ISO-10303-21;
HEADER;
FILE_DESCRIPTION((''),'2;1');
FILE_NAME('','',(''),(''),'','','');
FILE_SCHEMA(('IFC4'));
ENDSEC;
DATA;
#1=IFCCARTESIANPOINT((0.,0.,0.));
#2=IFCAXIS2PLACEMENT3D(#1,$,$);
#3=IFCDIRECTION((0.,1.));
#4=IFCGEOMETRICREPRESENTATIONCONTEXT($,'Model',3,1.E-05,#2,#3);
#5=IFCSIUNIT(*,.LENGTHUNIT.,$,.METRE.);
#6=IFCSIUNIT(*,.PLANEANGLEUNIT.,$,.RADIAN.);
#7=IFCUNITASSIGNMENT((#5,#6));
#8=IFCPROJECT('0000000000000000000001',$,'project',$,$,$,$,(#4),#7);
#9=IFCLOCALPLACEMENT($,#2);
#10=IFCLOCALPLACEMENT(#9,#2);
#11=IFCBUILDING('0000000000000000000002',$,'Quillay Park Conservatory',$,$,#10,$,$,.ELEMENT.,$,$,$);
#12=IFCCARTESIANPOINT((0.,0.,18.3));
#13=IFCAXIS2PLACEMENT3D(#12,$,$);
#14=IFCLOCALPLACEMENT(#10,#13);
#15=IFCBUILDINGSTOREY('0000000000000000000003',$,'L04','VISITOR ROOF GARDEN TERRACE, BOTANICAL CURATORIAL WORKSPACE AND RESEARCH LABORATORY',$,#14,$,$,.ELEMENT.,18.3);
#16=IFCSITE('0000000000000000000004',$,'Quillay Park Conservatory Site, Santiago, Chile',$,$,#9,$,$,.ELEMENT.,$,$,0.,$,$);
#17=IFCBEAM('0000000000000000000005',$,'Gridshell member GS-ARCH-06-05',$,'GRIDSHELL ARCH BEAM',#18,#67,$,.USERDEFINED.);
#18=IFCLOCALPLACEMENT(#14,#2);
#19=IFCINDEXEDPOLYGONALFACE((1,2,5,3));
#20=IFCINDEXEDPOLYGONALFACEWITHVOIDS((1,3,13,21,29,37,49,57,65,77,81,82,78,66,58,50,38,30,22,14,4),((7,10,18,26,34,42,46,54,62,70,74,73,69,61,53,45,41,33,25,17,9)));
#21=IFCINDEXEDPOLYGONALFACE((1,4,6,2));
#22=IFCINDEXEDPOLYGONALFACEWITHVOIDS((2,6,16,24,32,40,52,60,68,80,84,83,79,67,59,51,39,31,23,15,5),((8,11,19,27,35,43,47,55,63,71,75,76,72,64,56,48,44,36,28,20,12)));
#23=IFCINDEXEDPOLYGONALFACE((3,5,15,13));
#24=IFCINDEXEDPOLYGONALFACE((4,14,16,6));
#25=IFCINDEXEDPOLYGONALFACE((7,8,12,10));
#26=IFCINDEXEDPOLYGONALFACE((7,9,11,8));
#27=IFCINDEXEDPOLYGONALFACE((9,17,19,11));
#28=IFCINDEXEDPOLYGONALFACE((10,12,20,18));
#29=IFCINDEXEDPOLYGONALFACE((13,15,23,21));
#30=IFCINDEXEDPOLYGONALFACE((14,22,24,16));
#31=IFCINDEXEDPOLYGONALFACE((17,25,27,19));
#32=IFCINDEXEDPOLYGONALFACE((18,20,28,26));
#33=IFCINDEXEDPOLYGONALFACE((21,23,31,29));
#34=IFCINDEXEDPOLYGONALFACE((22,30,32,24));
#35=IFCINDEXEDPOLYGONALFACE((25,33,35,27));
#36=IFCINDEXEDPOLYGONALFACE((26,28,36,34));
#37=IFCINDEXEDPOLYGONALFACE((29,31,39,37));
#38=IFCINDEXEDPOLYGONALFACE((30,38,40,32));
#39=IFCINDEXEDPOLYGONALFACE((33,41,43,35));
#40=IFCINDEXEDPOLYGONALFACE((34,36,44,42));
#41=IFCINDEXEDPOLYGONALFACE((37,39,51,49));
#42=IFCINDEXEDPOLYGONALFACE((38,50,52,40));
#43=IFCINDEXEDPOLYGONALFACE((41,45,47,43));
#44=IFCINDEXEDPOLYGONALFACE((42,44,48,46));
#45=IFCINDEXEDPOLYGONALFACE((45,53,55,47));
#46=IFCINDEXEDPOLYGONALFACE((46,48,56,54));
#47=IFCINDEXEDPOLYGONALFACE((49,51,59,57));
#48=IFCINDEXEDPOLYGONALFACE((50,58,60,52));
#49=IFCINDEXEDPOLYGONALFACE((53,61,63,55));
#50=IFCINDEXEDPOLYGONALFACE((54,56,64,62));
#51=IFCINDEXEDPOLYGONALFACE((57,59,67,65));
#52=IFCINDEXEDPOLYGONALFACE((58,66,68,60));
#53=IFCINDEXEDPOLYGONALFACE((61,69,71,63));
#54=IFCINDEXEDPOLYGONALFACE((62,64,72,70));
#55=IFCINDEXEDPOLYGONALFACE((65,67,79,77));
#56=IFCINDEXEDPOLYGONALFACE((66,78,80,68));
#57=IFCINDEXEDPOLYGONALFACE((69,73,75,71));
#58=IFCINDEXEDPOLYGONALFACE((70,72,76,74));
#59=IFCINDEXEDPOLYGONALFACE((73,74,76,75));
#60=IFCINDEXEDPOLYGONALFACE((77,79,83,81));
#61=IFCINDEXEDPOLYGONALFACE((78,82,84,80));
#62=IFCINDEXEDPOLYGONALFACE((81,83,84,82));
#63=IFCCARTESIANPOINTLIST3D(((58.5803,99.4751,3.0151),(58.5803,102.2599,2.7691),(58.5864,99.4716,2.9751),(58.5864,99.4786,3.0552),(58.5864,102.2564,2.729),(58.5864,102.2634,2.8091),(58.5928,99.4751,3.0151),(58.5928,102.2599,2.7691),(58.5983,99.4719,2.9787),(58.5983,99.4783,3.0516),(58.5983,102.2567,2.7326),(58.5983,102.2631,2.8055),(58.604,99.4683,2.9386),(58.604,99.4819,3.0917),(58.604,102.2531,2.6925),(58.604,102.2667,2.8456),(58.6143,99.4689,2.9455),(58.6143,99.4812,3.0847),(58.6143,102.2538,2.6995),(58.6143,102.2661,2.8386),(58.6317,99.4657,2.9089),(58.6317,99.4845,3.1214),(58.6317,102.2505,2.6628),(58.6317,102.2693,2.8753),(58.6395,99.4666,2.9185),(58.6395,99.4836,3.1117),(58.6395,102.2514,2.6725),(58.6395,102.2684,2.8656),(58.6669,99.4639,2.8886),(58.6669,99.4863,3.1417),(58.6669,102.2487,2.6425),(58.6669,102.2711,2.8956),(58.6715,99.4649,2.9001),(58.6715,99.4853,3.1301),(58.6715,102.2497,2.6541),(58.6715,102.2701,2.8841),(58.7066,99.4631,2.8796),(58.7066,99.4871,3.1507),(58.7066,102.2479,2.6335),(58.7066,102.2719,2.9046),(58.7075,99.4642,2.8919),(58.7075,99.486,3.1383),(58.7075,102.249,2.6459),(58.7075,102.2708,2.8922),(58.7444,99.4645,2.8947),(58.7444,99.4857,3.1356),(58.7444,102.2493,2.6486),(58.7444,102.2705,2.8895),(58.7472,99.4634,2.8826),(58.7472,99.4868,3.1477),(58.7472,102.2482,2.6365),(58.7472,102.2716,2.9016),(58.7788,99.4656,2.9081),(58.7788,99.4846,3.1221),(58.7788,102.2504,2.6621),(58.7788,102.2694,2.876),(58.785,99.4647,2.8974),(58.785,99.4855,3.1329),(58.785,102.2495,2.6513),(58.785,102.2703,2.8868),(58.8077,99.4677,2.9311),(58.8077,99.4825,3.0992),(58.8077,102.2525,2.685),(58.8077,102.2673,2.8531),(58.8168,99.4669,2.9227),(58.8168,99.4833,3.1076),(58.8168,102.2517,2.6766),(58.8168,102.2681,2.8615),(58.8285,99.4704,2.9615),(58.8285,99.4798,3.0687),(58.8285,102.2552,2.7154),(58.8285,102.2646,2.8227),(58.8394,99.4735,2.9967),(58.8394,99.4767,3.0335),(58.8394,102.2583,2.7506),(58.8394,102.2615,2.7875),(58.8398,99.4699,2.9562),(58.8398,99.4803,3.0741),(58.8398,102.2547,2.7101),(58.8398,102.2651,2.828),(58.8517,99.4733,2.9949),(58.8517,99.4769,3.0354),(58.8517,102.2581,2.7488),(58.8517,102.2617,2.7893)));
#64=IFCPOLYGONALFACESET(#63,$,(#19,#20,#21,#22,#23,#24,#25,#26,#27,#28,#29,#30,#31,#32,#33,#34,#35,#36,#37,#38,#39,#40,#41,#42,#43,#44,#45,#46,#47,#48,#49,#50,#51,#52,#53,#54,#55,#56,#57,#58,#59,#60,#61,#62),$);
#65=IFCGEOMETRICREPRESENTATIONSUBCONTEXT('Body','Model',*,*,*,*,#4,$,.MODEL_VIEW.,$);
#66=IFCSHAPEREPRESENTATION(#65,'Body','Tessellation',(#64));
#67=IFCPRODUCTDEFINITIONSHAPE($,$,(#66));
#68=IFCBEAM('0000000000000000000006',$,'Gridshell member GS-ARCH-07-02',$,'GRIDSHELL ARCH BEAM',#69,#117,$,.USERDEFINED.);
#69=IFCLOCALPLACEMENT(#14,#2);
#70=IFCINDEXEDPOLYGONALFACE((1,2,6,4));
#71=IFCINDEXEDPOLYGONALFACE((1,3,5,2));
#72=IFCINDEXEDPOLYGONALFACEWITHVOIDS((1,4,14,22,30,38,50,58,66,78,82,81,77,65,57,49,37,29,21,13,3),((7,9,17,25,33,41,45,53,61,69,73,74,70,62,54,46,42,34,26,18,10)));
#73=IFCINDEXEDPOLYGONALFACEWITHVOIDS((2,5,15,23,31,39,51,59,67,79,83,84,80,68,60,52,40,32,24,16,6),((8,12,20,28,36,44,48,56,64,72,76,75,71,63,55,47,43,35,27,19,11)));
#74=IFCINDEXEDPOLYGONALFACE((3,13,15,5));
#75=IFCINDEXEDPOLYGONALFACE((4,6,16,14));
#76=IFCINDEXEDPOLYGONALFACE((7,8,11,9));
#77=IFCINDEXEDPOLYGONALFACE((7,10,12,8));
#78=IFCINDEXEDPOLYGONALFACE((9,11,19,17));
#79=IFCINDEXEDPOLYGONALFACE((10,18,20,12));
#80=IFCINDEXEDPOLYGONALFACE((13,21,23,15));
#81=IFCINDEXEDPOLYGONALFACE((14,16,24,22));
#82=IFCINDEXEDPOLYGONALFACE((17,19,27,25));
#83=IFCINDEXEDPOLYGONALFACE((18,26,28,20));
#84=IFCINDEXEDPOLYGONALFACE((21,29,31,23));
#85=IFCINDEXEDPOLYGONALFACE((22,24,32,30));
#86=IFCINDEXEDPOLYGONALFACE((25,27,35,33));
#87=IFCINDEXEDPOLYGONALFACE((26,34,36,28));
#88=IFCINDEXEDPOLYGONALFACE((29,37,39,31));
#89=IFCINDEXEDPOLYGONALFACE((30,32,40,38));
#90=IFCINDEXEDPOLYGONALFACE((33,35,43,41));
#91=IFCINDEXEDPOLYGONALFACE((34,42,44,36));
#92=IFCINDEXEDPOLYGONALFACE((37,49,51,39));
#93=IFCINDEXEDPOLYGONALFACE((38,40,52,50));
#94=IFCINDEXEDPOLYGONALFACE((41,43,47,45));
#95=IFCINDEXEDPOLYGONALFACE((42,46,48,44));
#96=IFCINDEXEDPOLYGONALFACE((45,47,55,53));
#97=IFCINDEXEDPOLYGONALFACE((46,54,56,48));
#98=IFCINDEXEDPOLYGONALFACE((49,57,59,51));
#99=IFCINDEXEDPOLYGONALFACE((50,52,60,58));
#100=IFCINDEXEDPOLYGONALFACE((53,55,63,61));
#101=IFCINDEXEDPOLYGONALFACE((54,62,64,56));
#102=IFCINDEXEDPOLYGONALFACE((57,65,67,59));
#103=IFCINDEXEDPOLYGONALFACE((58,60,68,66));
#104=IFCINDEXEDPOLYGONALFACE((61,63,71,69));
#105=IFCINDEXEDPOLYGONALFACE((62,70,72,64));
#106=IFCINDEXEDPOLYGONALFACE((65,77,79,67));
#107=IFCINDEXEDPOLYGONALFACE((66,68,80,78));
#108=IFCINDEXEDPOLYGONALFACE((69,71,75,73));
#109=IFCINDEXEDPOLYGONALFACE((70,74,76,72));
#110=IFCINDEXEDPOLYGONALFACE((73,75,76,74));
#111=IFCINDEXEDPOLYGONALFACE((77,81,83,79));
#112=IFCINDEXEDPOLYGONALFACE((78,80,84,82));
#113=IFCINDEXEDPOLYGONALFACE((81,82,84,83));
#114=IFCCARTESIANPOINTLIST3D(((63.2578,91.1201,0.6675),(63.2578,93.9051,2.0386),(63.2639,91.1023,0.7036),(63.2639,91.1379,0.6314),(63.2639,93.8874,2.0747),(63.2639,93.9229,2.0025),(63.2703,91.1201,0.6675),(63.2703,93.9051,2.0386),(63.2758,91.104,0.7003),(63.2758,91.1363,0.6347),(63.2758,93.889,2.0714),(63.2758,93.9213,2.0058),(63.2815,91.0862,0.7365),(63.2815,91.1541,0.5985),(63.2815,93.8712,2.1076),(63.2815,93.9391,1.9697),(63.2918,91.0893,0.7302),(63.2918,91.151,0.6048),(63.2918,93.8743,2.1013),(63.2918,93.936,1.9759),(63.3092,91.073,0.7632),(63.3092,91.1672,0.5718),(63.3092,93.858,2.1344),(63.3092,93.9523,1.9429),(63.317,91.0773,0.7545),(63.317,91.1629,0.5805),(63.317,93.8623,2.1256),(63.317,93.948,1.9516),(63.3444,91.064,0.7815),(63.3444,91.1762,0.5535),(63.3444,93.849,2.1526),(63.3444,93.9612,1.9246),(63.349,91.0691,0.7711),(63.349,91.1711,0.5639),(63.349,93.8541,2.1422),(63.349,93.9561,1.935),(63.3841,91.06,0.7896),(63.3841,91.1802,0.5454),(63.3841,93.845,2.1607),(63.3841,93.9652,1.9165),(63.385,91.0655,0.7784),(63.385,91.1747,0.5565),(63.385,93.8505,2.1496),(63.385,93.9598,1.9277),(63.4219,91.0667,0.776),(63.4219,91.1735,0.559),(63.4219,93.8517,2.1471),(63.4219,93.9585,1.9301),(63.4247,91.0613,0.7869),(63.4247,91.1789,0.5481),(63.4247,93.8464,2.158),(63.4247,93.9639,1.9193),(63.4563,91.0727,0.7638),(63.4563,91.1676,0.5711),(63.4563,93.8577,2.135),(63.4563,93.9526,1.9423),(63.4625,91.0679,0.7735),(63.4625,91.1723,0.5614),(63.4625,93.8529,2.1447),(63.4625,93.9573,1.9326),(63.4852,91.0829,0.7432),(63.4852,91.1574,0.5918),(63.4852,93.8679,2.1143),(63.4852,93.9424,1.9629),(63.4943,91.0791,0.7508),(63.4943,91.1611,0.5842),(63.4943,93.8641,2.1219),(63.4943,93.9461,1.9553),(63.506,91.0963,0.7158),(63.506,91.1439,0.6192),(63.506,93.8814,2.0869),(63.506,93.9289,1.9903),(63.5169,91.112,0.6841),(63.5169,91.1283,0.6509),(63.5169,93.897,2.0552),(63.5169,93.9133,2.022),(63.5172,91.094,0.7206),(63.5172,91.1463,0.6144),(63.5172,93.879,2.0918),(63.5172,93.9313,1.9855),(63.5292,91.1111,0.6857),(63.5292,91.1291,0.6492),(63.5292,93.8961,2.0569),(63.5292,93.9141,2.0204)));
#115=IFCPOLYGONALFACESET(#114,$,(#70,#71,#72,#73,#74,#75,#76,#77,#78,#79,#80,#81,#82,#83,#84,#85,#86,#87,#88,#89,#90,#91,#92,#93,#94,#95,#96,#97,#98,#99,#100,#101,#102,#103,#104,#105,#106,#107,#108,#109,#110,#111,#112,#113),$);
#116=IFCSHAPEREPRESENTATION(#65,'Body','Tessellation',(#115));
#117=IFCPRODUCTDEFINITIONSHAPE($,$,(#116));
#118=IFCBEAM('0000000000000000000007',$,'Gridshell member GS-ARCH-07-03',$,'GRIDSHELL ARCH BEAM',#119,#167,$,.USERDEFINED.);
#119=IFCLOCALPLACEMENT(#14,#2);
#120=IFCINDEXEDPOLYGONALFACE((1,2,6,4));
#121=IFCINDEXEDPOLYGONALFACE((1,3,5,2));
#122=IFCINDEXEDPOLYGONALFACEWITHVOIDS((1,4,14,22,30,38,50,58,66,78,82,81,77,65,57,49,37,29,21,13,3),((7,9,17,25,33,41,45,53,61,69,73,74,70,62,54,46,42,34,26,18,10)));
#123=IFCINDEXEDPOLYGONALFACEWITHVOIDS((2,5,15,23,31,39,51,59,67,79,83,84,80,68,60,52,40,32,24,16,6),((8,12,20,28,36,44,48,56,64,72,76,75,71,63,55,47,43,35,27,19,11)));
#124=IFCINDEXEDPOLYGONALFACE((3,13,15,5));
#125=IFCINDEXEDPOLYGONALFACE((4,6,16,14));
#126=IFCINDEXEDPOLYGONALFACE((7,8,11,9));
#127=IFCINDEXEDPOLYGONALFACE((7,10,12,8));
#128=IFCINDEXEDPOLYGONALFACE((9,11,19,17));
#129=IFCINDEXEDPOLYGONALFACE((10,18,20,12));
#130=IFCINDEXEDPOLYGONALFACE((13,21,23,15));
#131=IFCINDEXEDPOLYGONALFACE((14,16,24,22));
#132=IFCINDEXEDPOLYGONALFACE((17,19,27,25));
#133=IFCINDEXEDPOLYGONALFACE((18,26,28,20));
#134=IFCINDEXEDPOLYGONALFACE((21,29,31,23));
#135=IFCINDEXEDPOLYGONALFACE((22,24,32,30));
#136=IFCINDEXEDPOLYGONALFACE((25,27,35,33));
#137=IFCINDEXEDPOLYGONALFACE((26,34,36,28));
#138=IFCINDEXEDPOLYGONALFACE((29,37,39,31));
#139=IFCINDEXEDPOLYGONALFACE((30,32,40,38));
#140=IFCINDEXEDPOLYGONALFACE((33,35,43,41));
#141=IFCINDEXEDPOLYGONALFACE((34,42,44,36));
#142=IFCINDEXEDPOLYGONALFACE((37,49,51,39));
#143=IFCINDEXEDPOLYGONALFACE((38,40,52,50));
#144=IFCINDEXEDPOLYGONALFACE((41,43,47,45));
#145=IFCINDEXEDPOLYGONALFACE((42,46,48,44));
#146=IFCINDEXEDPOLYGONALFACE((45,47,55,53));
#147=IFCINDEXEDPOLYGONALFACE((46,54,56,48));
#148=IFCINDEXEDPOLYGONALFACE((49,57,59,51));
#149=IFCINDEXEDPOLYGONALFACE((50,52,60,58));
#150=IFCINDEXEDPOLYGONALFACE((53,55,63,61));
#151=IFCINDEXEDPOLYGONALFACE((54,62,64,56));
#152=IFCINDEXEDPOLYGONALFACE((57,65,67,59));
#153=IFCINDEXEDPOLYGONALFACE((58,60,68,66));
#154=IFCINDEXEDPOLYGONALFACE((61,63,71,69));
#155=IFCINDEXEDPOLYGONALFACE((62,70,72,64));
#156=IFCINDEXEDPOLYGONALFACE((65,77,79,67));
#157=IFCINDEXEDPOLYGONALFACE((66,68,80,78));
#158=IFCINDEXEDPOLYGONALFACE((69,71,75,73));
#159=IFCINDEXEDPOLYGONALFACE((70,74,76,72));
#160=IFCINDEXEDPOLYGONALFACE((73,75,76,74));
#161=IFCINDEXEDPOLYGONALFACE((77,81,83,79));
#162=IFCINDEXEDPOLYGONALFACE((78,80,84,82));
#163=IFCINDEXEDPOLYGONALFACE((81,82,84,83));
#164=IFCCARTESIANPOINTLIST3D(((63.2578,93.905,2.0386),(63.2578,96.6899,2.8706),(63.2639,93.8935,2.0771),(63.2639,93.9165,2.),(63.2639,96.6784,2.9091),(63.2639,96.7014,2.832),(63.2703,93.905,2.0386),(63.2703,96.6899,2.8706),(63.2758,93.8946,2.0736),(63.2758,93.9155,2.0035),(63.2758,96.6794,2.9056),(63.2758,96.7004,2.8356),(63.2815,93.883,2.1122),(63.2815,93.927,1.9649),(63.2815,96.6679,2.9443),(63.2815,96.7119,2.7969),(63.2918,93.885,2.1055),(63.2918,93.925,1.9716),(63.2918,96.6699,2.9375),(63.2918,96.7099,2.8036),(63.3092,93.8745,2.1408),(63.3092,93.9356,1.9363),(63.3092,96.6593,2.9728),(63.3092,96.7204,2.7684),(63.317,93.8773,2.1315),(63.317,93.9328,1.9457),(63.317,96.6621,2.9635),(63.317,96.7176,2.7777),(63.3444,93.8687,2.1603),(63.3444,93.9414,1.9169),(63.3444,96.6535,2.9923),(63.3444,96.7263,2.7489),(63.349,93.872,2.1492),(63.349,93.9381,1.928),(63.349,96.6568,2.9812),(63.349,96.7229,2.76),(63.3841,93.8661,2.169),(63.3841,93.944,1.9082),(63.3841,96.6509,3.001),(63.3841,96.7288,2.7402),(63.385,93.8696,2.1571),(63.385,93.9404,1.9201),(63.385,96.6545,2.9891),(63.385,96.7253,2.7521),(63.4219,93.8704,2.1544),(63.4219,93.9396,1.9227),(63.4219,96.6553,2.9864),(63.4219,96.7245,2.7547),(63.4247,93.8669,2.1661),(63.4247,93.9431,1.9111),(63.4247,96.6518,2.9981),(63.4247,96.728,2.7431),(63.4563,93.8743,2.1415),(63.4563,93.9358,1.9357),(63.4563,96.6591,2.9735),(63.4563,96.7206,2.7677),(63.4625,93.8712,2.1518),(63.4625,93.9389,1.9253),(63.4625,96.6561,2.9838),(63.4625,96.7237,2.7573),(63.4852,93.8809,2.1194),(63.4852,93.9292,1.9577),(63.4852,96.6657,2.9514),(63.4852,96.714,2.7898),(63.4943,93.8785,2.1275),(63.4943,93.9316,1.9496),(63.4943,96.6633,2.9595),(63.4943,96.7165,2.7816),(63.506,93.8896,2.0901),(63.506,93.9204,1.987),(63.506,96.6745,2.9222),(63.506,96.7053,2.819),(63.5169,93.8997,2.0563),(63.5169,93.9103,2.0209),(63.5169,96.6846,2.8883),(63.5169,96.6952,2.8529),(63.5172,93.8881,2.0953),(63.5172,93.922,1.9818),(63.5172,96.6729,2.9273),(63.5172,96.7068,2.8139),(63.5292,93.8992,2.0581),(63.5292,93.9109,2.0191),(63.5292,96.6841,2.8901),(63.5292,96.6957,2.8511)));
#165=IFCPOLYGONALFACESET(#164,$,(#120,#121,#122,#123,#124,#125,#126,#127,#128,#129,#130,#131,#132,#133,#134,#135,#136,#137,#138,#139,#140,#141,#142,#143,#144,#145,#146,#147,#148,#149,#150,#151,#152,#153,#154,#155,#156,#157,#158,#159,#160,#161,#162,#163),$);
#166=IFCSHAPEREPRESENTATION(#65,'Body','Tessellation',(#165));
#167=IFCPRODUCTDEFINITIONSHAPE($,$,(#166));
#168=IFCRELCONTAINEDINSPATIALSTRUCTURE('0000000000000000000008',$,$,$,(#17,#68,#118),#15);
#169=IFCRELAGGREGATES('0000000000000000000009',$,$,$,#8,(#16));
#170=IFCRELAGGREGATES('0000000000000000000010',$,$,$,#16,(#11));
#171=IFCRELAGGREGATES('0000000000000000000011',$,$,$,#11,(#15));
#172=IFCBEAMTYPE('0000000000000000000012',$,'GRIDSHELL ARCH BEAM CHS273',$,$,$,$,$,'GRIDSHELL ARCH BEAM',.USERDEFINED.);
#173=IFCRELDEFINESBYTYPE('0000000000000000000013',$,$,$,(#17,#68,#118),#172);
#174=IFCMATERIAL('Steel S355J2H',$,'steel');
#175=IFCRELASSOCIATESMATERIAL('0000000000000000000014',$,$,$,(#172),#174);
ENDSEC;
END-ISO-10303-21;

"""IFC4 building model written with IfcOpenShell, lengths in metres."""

from ifc_helpers import new_model, si_unit, direction, frame, origin, origin_2d, place, context, subcontext, project, spatial, hollow_circle, extrude, material, material_profile, profile_set, type_object, element, save


model = new_model("IFC4")

# Units and contexts
model_context = context("Model", 3, precision=1e-05, world=origin(), true_north=direction((0.0, 1.0)))
body_context = subcontext(model_context, "Body", "Model", "MODEL_VIEW")
ifc_project = project(units=[si_unit("LENGTHUNIT", "METRE"), si_unit("PLANEANGLEUNIT", "RADIAN")], contexts=[model_context])

# Site, building, storey
site_placement = place(None, origin())
site = spatial("IfcSite", under=ifc_project, at=site_placement, Name="Quillay Park Conservatory Site, Santiago, Chile", CompositionType="ELEMENT", RefElevation=0.0)
building_placement = place(site_placement, origin())
building = spatial("IfcBuilding", under=site, at=building_placement, Name="Quillay Park Conservatory", CompositionType="ELEMENT")
storey_placement = place(building_placement, frame((0.0, 0.0, 18.3)))
storey = spatial("IfcBuildingStorey", under=building, at=storey_placement, Name="L04", Description="VISITOR ROOF GARDEN TERRACE, BOTANICAL CURATORIAL WORKSPACE AND RESEARCH LABORATORY", CompositionType="ELEMENT", Elevation=18.3)

# Beams
ifc_material_1 = material(Name="Steel S355J2H", Category="steel")
ifc_material_profile_1 = material_profile(ifc_material_1, hollow_circle(Radius=0.1365, WallThickness=0.0125, at=origin_2d()), Name="CHS273x12.5")
ifc_profile_set_1 = profile_set([ifc_material_profile_1], Name="Steel S355J2H")
beam_type = type_object("IfcBeamType", Name="GRIDSHELL ARCH BEAM CHS273", ElementType="GRIDSHELL ARCH BEAM", PredefinedType="USERDEFINED", material=ifc_profile_set_1)
beam_1_placement = place(storey_placement, frame((58.7168, 99.4751, 3.0151), z_axis=(0.0, 0.996118, -0.088024), x_axis=(-1.0, 0.0, 0.0)))
element("IfcBeam", 1, at=beam_1_placement, inside=storey, type_object=beam_type, Name="Gridshell member GS-ARCH-06-05", ObjectType="GRIDSHELL ARCH BEAM", PredefinedType="USERDEFINED", context=body_context, shape_type="SweptSolid", body=[
    extrude(hollow_circle(Radius=0.1365, WallThickness=0.0125, at=origin_2d()), origin(), (0.0, 0.0, 1.0), 2.7957),
])
beam_2_placement = place(storey_placement, frame((63.3943, 91.1201, 0.6675), z_axis=(0.0, 0.897163, 0.4417), x_axis=(-1.0, 0.0, 0.0)))
element("IfcBeam", 2, at=beam_2_placement, inside=storey, type_object=beam_type, Name="Gridshell member GS-ARCH-07-02", ObjectType="GRIDSHELL ARCH BEAM", PredefinedType="USERDEFINED", context=body_context, shape_type="SweptSolid", body=[
    extrude(hollow_circle(Radius=0.1365, WallThickness=0.0125, at=origin_2d()), origin(), (0.0, 0.0, 1.0), 3.1042),
])
beam_3_placement = place(storey_placement, frame((63.3943, 93.905, 2.0386), z_axis=(0.0, 0.958152, 0.286261), x_axis=(-1.0, 0.0, 0.0)))
element("IfcBeam", 3, at=beam_3_placement, inside=storey, type_object=beam_type, Name="Gridshell member GS-ARCH-07-03", ObjectType="GRIDSHELL ARCH BEAM", PredefinedType="USERDEFINED", context=body_context, shape_type="SweptSolid", body=[
    extrude(hollow_circle(Radius=0.1365, WallThickness=0.0125, at=origin_2d()), origin(), (0.0, 0.0, 1.0), 2.9065),
])

save(model, "model.ifc")
